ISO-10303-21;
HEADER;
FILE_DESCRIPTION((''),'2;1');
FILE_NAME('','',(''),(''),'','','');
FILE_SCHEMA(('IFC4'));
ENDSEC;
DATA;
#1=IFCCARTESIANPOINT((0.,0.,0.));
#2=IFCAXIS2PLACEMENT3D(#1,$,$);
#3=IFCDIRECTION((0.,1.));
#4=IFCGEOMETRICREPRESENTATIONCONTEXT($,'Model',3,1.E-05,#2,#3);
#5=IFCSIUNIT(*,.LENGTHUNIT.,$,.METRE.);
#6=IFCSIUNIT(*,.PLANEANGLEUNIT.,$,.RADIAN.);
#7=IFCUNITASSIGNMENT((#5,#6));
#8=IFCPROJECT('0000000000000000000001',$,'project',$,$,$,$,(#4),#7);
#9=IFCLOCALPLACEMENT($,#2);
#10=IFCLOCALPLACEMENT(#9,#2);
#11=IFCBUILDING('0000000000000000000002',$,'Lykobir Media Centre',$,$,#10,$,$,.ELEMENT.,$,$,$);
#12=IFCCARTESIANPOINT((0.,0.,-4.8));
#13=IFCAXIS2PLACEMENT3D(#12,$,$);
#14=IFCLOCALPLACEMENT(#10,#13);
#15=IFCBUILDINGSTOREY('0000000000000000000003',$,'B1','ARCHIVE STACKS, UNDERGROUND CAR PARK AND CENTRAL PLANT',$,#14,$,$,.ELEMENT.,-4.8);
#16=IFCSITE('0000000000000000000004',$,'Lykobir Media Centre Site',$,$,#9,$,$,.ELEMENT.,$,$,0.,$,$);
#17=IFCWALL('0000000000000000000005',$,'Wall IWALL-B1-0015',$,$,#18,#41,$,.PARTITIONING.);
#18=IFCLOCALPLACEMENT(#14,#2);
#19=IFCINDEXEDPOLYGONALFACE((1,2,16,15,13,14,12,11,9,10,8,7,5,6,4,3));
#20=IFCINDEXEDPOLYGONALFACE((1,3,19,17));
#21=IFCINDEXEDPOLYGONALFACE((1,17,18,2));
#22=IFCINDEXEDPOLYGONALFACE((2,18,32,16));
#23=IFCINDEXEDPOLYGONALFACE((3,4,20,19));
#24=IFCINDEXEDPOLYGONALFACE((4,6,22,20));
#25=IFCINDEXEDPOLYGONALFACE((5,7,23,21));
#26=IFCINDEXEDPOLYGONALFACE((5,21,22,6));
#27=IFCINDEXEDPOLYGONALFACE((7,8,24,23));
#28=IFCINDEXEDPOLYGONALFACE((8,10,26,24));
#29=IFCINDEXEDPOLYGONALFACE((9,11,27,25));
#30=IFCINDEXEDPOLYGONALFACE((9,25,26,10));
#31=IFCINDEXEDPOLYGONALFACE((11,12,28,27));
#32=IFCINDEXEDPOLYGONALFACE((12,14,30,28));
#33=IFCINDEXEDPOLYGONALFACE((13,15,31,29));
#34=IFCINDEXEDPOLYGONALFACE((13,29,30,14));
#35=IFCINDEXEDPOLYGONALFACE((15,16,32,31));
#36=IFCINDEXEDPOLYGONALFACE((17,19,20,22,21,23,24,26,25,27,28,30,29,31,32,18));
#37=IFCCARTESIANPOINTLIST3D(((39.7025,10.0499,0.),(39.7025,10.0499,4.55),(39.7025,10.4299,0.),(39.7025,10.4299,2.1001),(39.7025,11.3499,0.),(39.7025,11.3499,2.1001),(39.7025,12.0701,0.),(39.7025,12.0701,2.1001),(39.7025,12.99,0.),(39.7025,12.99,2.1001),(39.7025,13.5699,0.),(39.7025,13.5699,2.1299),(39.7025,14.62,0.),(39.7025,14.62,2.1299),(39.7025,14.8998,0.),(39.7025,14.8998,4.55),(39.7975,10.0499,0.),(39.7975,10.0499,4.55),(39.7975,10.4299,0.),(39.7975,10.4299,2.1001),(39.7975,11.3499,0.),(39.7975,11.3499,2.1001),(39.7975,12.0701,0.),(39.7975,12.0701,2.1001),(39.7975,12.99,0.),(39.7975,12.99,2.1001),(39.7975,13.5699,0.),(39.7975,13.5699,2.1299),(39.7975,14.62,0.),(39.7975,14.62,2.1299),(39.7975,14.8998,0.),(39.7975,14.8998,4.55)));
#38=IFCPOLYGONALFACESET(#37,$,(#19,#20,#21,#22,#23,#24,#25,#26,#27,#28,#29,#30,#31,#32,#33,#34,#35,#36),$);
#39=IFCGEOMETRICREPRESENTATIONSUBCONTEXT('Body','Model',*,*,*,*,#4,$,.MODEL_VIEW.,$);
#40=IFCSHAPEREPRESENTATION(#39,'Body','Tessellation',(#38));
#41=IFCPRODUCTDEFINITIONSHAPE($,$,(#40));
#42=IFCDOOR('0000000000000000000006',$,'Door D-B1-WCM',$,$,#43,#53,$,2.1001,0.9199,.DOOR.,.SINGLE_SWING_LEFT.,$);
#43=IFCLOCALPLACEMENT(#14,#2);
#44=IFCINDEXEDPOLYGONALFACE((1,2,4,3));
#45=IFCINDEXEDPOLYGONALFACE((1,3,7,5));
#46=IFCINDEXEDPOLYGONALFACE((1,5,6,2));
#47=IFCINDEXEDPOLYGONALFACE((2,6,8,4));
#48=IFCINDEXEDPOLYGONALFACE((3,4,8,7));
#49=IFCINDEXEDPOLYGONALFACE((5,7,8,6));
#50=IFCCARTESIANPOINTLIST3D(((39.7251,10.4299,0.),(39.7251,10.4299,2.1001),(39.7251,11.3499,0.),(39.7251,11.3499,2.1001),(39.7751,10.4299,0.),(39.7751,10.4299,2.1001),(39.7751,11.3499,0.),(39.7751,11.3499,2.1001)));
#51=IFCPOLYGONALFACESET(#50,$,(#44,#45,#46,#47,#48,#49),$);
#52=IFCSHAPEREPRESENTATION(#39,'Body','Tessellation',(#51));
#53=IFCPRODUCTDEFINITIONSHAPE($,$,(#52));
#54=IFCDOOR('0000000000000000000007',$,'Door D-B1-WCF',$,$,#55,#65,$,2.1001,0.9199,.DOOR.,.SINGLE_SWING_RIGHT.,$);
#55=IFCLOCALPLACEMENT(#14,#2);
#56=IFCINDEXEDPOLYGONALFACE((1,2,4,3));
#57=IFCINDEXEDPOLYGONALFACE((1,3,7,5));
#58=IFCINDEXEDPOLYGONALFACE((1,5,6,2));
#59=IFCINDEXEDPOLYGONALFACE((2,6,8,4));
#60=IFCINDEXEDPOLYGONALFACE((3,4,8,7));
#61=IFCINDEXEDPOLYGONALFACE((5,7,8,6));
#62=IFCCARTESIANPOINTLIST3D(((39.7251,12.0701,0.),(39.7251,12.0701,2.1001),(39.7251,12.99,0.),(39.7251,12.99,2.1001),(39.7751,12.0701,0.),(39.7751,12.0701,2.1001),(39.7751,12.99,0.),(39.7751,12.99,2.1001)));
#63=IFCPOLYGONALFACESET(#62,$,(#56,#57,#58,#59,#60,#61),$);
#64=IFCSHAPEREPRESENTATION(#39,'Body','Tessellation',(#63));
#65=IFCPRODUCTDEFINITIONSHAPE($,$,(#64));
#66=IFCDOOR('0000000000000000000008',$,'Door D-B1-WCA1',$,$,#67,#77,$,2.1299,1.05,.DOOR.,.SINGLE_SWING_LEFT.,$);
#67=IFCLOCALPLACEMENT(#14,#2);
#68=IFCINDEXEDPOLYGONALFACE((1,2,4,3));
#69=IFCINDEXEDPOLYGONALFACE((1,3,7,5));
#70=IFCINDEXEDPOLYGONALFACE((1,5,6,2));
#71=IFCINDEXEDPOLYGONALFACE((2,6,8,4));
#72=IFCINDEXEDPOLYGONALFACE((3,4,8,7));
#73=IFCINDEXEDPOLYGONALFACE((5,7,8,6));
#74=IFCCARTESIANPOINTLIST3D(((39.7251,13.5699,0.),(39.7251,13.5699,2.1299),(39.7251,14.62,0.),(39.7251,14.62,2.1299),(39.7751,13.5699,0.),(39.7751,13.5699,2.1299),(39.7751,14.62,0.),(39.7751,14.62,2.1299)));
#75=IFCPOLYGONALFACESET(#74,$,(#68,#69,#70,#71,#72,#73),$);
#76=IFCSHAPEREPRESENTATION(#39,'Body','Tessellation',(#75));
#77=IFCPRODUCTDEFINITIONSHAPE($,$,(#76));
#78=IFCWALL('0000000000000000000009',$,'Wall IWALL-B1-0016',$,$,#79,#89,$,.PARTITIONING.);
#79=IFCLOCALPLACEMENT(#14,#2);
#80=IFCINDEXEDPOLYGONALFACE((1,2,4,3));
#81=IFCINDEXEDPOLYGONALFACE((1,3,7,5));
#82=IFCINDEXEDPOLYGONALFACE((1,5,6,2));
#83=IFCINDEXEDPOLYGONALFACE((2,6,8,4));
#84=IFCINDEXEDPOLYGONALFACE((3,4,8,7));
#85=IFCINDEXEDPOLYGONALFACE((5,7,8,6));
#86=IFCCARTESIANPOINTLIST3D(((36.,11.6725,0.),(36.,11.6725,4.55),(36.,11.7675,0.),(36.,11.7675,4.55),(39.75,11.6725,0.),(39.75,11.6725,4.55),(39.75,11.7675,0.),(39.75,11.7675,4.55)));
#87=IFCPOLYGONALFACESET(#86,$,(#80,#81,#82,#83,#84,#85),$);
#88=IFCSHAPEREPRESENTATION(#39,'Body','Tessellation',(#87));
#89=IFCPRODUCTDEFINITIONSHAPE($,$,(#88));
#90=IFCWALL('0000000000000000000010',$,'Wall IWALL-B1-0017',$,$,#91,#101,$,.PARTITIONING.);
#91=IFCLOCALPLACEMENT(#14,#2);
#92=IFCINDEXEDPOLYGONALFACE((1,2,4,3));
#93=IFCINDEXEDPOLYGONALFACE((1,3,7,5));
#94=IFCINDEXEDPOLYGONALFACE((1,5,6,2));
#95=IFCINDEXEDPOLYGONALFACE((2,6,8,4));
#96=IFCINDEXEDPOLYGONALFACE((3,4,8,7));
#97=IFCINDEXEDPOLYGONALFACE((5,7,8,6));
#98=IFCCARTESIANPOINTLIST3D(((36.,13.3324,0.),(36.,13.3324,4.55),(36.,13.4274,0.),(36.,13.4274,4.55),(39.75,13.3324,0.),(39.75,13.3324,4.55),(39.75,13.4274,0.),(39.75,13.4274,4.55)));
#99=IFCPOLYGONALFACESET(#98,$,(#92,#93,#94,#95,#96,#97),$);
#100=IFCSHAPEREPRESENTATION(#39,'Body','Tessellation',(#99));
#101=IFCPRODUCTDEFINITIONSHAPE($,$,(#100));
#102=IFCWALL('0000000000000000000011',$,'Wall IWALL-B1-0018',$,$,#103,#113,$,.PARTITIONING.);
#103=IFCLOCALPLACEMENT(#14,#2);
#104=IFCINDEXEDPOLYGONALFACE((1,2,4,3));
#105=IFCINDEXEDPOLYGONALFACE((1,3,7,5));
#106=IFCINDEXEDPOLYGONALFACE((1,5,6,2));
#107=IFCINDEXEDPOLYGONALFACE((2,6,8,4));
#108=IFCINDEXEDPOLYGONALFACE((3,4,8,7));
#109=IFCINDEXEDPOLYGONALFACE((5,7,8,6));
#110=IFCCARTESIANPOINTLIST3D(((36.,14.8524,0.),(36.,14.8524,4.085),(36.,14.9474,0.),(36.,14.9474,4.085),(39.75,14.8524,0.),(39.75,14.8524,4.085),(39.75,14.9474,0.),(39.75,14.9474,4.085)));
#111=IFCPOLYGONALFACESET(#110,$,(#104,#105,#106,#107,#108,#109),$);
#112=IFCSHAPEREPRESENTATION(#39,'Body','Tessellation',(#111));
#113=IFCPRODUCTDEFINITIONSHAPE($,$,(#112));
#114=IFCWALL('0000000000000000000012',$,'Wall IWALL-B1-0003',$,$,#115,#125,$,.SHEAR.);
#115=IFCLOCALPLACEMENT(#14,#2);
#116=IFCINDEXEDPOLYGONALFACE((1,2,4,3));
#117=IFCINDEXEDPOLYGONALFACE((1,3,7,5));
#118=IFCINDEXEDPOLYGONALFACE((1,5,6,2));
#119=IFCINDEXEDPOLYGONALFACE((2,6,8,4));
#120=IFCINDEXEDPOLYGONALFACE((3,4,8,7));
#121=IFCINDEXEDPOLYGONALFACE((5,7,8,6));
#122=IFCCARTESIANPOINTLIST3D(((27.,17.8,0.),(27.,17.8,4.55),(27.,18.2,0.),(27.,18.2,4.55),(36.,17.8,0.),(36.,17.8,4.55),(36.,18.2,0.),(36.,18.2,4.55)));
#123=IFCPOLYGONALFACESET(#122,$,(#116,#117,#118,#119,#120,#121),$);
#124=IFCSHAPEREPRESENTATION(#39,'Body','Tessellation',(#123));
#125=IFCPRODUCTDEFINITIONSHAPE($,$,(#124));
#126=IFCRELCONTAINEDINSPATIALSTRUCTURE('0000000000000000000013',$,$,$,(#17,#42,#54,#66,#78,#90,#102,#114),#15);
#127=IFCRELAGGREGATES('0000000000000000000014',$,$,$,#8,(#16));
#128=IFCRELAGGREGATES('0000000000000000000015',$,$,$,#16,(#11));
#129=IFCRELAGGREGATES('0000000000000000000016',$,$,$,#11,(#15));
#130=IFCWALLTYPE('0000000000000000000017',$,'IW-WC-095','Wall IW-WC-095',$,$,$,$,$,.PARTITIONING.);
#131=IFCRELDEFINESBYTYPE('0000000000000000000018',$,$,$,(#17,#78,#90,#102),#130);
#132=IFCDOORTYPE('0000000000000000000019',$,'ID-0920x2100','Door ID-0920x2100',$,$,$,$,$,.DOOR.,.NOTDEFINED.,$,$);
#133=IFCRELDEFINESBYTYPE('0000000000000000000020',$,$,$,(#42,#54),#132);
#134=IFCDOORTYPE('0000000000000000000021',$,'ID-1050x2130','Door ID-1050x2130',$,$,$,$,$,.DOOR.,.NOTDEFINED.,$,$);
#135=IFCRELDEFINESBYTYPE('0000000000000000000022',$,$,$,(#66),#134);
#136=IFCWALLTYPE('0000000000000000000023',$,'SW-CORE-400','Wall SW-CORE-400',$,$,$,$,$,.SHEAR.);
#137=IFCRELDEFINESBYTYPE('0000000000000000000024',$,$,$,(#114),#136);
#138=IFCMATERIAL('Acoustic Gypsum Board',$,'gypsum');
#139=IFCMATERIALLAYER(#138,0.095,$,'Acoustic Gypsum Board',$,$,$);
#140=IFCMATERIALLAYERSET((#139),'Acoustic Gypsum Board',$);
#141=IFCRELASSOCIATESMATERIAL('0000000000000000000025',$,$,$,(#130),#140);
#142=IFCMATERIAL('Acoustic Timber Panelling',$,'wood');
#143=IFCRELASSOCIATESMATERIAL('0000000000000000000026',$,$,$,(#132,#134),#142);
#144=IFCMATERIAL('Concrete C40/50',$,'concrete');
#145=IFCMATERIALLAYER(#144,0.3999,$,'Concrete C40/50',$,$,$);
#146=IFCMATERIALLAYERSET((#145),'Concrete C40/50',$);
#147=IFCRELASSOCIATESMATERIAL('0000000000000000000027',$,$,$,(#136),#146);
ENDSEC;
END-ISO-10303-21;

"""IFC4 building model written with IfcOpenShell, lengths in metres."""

from ifc_helpers import new_model, si_unit, direction, frame, frame_2d, origin, place, context, subcontext, project, spatial, rectangle, extrude, material, layer, layer_set, type_object, element, fill, save


model = new_model("IFC4")

# Units and contexts
model_context = context("Model", 3, precision=1e-05, world=origin(), true_north=direction((0.0, 1.0)))
body_context = subcontext(model_context, "Body", "Model", "MODEL_VIEW")
ifc_project = project(units=[si_unit("LENGTHUNIT", "METRE"), si_unit("PLANEANGLEUNIT", "RADIAN")], contexts=[model_context])

# Site, building, storey
site_placement = place(None, origin())
site = spatial("IfcSite", under=ifc_project, at=site_placement, Name="Lykobir Media Centre Site", CompositionType="ELEMENT", RefElevation=0.0)
building_placement = place(site_placement, origin())
building = spatial("IfcBuilding", under=site, at=building_placement, Name="Lykobir Media Centre", CompositionType="ELEMENT")
storey_placement = place(building_placement, frame((0.0, 0.0, -4.8)))
storey = spatial("IfcBuildingStorey", under=building, at=storey_placement, Name="B1", Description="ARCHIVE STACKS, UNDERGROUND CAR PARK AND CENTRAL PLANT", CompositionType="ELEMENT", Elevation=-4.8)

# Shared definitions
ifc_material_1 = material(Name="Concrete C40/50", Category="concrete")

# Shared definitions
ifc_material_2 = material(Name="Acoustic Gypsum Board", Category="gypsum")

# Wall, openings, doors
ifc_layer_1 = layer(ifc_material_2, 0.095, Name="Acoustic Gypsum Board")
ifc_layer_set_1 = layer_set([ifc_layer_1], Name="Acoustic Gypsum Board")
wall_type_1 = type_object("IfcWallType", Name="IW-WC-095", Description="Wall IW-WC-095", PredefinedType="PARTITIONING", material=ifc_layer_set_1)
wall_1_placement = place(storey_placement, frame((39.75, 10.05, 0.0), z_axis=(0.0, 0.0, 1.0), x_axis=(0.0, 1.0, 0.0)))
wall_1 = element("IfcWall", 1, at=wall_1_placement, inside=storey, type_object=wall_type_1, Name="Wall IWALL-B1-0015", PredefinedType="PARTITIONING", context=body_context, shape_type="SweptSolid", body=[
    extrude(rectangle(XDim=4.8499, YDim=0.095, at=frame_2d((2.4248, 0.0))), origin(), (0.0, 0.0, 1.0), 4.55),
])
opening_1_placement = place(wall_1_placement, frame((0.3799, 0.0, 0.0)))
opening_1 = element("IfcOpeningElement", 2, at=opening_1_placement, cuts=wall_1, PredefinedType="OPENING", context=body_context, shape_type="SweptSolid", body=[
    extrude(rectangle(XDim=0.9199, YDim=2.1001, at=frame_2d((0.46, 1.05))), frame((0.0, 0.0574, 0.0), z_axis=(0.0, -1.0, 0.0), x_axis=(1.0, 0.0, 0.0)), (0.0, 0.0, 1.0), 0.115),
])
opening_2_placement = place(wall_1_placement, frame((2.02, 0.0, 0.0)))
opening_2 = element("IfcOpeningElement", 3, at=opening_2_placement, cuts=wall_1, PredefinedType="OPENING", context=body_context, shape_type="SweptSolid", body=[
    extrude(rectangle(XDim=0.9199, YDim=2.1001, at=frame_2d((0.46, 1.05))), frame((0.0, 0.0574, 0.0), z_axis=(0.0, -1.0, 0.0), x_axis=(1.0, 0.0, 0.0)), (0.0, 0.0, 1.0), 0.115),
])
opening_3_placement = place(wall_1_placement, frame((3.52, 0.0, 0.0)))
opening_3 = element("IfcOpeningElement", 4, at=opening_3_placement, cuts=wall_1, PredefinedType="OPENING", context=body_context, shape_type="SweptSolid", body=[
    extrude(rectangle(XDim=1.05, YDim=2.1299, at=frame_2d((0.5249, 1.0649))), frame((0.0, 0.0574, 0.0), z_axis=(0.0, -1.0, 0.0), x_axis=(1.0, 0.0, 0.0)), (0.0, 0.0, 1.0), 0.115),
])
ifc_material_3 = material(Name="Acoustic Timber Panelling", Category="wood")
door_type_1 = type_object("IfcDoorType", Name="ID-0920x2100", Description="Door ID-0920x2100", OperationType="NOTDEFINED", PredefinedType="DOOR", material=ifc_material_3)
door_1_placement = place(opening_1_placement, origin())
door_1 = element("IfcDoor", 5, at=door_1_placement, inside=storey, type_object=door_type_1, Name="Door D-B1-WCM", OperationType="SINGLE_SWING_LEFT", OverallHeight=2.1001, OverallWidth=0.9199, PredefinedType="DOOR", context=body_context, shape_type="SweptSolid", body=[
    extrude(rectangle(XDim=0.9199, YDim=2.1001, at=frame_2d((0.46, 1.05))), frame((0.0, 0.0249, 0.0), z_axis=(0.0, -1.0, 0.0), x_axis=(1.0, 0.0, 0.0)), (0.0, 0.0, 1.0), 0.05),
])
fill(opening_1, door_1)
door_2_placement = place(opening_2_placement, origin())
door_2 = element("IfcDoor", 6, at=door_2_placement, inside=storey, type_object=door_type_1, Name="Door D-B1-WCF", OperationType="SINGLE_SWING_RIGHT", OverallHeight=2.1001, OverallWidth=0.9199, PredefinedType="DOOR", context=body_context, shape_type="SweptSolid", body=[
    extrude(rectangle(XDim=0.9199, YDim=2.1001, at=frame_2d((0.46, 1.05))), frame((0.0, 0.0249, 0.0), z_axis=(0.0, -1.0, 0.0), x_axis=(1.0, 0.0, 0.0)), (0.0, 0.0, 1.0), 0.05),
])
fill(opening_2, door_2)
door_type_2 = type_object("IfcDoorType", Name="ID-1050x2130", Description="Door ID-1050x2130", OperationType="NOTDEFINED", PredefinedType="DOOR", material=ifc_material_3)
door_3_placement = place(opening_3_placement, origin())
door_3 = element("IfcDoor", 7, at=door_3_placement, inside=storey, type_object=door_type_2, Name="Door D-B1-WCA1", OperationType="SINGLE_SWING_LEFT", OverallHeight=2.1299, OverallWidth=1.05, PredefinedType="DOOR", context=body_context, shape_type="SweptSolid", body=[
    extrude(rectangle(XDim=1.05, YDim=2.1299, at=frame_2d((0.5249, 1.0649))), frame((0.0, 0.0249, 0.0), z_axis=(0.0, -1.0, 0.0), x_axis=(1.0, 0.0, 0.0)), (0.0, 0.0, 1.0), 0.05),
])
fill(opening_3, door_3)

# Walls
for number, where, z_axis, x_axis, name in (
    (8, (36.0, 11.72, 0.0), (0.0, 0.0, 1.0), (1.0, 0.0, 0.0), "Wall IWALL-B1-0016"),
    (9, (36.0, 13.3799, 0.0), (0.0, 0.0, 1.0), (1.0, 0.0, 0.0), "Wall IWALL-B1-0017"),
):
    element("IfcWall", number, at=place(storey_placement, frame(where, z_axis=z_axis, x_axis=x_axis)), inside=storey, type_object=wall_type_1, Name=name, PredefinedType="PARTITIONING", context=body_context, shape_type="SweptSolid", body=[
        extrude(rectangle(XDim=3.75, YDim=0.095, at=frame_2d((1.875, 0.0))), origin(), (0.0, 0.0, 1.0), 4.55),
    ])
wall_2_placement = place(storey_placement, frame((36.0, 14.8999, 0.0), z_axis=(0.0, 0.0, 1.0), x_axis=(1.0, 0.0, 0.0)))
element("IfcWall", 10, at=wall_2_placement, inside=storey, type_object=wall_type_1, Name="Wall IWALL-B1-0018", PredefinedType="PARTITIONING", context=body_context, shape_type="SweptSolid", body=[
    extrude(rectangle(XDim=3.75, YDim=0.095, at=frame_2d((1.875, 0.0))), origin(), (0.0, 0.0, 1.0), 4.085),
])
ifc_layer_2 = layer(ifc_material_1, 0.3999, Name="Concrete C40/50")
ifc_layer_set_2 = layer_set([ifc_layer_2], Name="Concrete C40/50")
wall_type_2 = type_object("IfcWallType", Name="SW-CORE-400", Description="Wall SW-CORE-400", PredefinedType="SHEAR", material=ifc_layer_set_2)
wall_3_placement = place(storey_placement, frame((36.0, 18.0, 0.0), z_axis=(0.0, 0.0, 1.0), x_axis=(-1.0, 0.0, 0.0)))
element("IfcWall", 11, at=wall_3_placement, inside=storey, type_object=wall_type_2, Name="Wall IWALL-B1-0003", PredefinedType="SHEAR", context=body_context, shape_type="SweptSolid", body=[
    extrude(rectangle(XDim=9.0, YDim=0.3999, at=frame_2d((4.5, 0.0))), origin(), (0.0, 0.0, 1.0), 4.55),
])

save(model, "model.ifc")
